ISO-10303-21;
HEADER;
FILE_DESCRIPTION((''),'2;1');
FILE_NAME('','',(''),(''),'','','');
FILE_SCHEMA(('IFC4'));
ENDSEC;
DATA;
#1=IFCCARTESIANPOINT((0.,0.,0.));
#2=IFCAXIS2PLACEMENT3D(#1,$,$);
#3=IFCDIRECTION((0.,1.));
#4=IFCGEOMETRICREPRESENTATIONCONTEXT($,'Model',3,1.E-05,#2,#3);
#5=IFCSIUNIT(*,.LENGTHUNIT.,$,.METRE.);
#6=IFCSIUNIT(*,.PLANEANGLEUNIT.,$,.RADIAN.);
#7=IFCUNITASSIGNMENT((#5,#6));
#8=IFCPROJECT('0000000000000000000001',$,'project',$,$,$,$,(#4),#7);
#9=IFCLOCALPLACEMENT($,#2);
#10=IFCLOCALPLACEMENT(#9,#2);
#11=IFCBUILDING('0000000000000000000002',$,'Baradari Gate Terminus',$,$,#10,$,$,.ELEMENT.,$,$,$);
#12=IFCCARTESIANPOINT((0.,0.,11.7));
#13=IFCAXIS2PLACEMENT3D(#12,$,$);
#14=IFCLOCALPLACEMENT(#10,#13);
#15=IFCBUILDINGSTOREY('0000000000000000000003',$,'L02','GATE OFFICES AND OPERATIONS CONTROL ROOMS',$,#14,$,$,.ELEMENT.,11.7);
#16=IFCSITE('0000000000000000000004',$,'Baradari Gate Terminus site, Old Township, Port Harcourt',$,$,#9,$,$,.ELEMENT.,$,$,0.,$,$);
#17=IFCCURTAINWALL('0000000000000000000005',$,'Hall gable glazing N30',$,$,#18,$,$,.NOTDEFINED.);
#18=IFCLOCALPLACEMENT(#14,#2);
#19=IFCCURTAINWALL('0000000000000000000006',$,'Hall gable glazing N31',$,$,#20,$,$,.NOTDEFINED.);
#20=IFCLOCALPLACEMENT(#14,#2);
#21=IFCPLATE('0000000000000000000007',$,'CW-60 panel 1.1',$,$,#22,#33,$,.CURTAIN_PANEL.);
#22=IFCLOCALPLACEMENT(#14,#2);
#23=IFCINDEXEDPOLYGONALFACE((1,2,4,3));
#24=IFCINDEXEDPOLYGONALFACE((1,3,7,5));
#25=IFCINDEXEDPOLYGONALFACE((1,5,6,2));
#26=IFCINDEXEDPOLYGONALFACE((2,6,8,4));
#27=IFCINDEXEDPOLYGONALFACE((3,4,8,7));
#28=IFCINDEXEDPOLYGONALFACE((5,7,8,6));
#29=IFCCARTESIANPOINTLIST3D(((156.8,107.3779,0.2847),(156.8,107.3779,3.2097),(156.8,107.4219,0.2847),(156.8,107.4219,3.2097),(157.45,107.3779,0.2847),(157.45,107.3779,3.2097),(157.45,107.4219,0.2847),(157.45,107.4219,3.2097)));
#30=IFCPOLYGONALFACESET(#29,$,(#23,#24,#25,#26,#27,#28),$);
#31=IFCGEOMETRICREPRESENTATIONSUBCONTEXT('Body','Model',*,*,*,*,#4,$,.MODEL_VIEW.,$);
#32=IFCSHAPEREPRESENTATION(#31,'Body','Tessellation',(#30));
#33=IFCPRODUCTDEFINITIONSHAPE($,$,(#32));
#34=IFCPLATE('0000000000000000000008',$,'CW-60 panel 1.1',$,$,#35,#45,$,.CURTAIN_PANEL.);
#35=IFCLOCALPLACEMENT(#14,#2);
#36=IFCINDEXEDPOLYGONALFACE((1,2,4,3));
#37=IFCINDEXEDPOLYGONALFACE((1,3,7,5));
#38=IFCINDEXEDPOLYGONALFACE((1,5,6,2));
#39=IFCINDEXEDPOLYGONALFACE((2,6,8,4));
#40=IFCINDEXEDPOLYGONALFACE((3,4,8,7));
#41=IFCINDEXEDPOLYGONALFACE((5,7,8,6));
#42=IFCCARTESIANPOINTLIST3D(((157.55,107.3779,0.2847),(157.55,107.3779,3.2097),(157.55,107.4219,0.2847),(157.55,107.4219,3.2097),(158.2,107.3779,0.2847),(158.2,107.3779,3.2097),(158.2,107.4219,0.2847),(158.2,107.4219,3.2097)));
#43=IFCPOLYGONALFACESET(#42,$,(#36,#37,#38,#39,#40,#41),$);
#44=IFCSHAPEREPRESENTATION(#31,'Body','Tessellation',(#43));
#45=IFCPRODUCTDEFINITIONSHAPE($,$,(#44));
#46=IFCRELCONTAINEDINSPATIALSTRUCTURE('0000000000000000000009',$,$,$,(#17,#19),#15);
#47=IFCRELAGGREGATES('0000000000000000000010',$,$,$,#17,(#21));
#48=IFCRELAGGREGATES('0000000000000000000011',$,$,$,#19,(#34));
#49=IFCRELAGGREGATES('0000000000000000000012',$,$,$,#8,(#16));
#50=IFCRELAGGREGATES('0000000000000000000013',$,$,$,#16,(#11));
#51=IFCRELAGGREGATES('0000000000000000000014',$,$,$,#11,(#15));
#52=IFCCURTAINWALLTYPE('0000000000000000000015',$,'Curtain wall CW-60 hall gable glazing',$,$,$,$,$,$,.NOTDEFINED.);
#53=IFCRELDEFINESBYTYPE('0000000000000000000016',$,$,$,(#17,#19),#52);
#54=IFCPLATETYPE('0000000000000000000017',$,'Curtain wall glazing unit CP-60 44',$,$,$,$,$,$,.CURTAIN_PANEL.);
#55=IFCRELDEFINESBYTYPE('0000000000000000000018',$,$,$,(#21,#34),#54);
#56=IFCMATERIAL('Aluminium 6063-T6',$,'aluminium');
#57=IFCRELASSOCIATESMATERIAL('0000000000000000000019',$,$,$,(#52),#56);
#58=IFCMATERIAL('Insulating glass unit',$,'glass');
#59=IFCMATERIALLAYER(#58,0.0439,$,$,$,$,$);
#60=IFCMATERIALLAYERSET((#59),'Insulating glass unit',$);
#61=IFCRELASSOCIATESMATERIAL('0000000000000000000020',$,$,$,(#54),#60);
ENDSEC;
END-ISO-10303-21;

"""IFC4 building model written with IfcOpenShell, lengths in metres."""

from ifc_helpers import new_model, si_unit, direction, frame, origin, origin_2d, place, context, subcontext, project, spatial, rectangle, extrude, material, layer, layer_set, type_object, element, aggregate, save


model = new_model("IFC4")

# Units and contexts
model_context = context("Model", 3, precision=1e-05, world=origin(), true_north=direction((0.0, 1.0)))
body_context = subcontext(model_context, "Body", "Model", "MODEL_VIEW")
ifc_project = project(units=[si_unit("LENGTHUNIT", "METRE"), si_unit("PLANEANGLEUNIT", "RADIAN")], contexts=[model_context])

# Site, building, storey
site_placement = place(None, origin())
site = spatial("IfcSite", under=ifc_project, at=site_placement, Name="Baradari Gate Terminus site, Old Township, Port Harcourt", CompositionType="ELEMENT", RefElevation=0.0)
building_placement = place(site_placement, origin())
building = spatial("IfcBuilding", under=site, at=building_placement, Name="Baradari Gate Terminus", CompositionType="ELEMENT")
storey_placement = place(building_placement, frame((0.0, 0.0, 11.7)))
storey = spatial("IfcBuildingStorey", under=building, at=storey_placement, Name="L02", Description="GATE OFFICES AND OPERATIONS CONTROL ROOMS", CompositionType="ELEMENT", Elevation=11.7)

# Shared definitions
ifc_material_1 = material(Name="Aluminium 6063-T6", Category="aluminium")
curtain_wall_type = type_object("IfcCurtainWallType", Name="Curtain wall CW-60 hall gable glazing", PredefinedType="NOTDEFINED", material=ifc_material_1)

# Curtain walls
curtain_wall_1_placement = place(storey_placement, origin())
curtain_wall_1 = element("IfcCurtainWall", 1, at=curtain_wall_1_placement, inside=storey, type_object=curtain_wall_type, Name="Hall gable glazing N30", PredefinedType="NOTDEFINED")
curtain_wall_2_placement = place(storey_placement, origin())
curtain_wall_2 = element("IfcCurtainWall", 2, at=curtain_wall_2_placement, inside=storey, type_object=curtain_wall_type, Name="Hall gable glazing N31", PredefinedType="NOTDEFINED")

# Plates
ifc_material_2 = material(Name="Insulating glass unit", Category="glass")
ifc_layer = layer(ifc_material_2, 0.0439)
ifc_layer_set = layer_set([ifc_layer], Name="Insulating glass unit")
plate_type = type_object("IfcPlateType", Name="Curtain wall glazing unit CP-60 44", PredefinedType="CURTAIN_PANEL", material=ifc_layer_set)
plate_1_placement = place(storey_placement, frame((157.125, 107.3999, 0.2847), z_axis=(0.0, 0.0, 1.0), x_axis=(1.0, 0.0, 0.0)))
plate_1 = element("IfcPlate", 3, at=plate_1_placement, type_object=plate_type, Name="CW-60 panel 1.1", PredefinedType="CURTAIN_PANEL", context=body_context, shape_type="SweptSolid", body=[
    extrude(rectangle(XDim=0.6499, YDim=0.0439, at=origin_2d()), origin(), (0.0, 0.0, 1.0), 2.925),
])
aggregate(curtain_wall_1, [plate_1])
plate_2_placement = place(storey_placement, frame((157.875, 107.3999, 0.2847), z_axis=(0.0, 0.0, 1.0), x_axis=(1.0, 0.0, 0.0)))
plate_2 = element("IfcPlate", 4, at=plate_2_placement, type_object=plate_type, Name="CW-60 panel 1.1", PredefinedType="CURTAIN_PANEL", context=body_context, shape_type="SweptSolid", body=[
    extrude(rectangle(XDim=0.6499, YDim=0.0439, at=origin_2d()), origin(), (0.0, 0.0, 1.0), 2.925),
])
aggregate(curtain_wall_2, [plate_2])

save(model, "model.ifc")
